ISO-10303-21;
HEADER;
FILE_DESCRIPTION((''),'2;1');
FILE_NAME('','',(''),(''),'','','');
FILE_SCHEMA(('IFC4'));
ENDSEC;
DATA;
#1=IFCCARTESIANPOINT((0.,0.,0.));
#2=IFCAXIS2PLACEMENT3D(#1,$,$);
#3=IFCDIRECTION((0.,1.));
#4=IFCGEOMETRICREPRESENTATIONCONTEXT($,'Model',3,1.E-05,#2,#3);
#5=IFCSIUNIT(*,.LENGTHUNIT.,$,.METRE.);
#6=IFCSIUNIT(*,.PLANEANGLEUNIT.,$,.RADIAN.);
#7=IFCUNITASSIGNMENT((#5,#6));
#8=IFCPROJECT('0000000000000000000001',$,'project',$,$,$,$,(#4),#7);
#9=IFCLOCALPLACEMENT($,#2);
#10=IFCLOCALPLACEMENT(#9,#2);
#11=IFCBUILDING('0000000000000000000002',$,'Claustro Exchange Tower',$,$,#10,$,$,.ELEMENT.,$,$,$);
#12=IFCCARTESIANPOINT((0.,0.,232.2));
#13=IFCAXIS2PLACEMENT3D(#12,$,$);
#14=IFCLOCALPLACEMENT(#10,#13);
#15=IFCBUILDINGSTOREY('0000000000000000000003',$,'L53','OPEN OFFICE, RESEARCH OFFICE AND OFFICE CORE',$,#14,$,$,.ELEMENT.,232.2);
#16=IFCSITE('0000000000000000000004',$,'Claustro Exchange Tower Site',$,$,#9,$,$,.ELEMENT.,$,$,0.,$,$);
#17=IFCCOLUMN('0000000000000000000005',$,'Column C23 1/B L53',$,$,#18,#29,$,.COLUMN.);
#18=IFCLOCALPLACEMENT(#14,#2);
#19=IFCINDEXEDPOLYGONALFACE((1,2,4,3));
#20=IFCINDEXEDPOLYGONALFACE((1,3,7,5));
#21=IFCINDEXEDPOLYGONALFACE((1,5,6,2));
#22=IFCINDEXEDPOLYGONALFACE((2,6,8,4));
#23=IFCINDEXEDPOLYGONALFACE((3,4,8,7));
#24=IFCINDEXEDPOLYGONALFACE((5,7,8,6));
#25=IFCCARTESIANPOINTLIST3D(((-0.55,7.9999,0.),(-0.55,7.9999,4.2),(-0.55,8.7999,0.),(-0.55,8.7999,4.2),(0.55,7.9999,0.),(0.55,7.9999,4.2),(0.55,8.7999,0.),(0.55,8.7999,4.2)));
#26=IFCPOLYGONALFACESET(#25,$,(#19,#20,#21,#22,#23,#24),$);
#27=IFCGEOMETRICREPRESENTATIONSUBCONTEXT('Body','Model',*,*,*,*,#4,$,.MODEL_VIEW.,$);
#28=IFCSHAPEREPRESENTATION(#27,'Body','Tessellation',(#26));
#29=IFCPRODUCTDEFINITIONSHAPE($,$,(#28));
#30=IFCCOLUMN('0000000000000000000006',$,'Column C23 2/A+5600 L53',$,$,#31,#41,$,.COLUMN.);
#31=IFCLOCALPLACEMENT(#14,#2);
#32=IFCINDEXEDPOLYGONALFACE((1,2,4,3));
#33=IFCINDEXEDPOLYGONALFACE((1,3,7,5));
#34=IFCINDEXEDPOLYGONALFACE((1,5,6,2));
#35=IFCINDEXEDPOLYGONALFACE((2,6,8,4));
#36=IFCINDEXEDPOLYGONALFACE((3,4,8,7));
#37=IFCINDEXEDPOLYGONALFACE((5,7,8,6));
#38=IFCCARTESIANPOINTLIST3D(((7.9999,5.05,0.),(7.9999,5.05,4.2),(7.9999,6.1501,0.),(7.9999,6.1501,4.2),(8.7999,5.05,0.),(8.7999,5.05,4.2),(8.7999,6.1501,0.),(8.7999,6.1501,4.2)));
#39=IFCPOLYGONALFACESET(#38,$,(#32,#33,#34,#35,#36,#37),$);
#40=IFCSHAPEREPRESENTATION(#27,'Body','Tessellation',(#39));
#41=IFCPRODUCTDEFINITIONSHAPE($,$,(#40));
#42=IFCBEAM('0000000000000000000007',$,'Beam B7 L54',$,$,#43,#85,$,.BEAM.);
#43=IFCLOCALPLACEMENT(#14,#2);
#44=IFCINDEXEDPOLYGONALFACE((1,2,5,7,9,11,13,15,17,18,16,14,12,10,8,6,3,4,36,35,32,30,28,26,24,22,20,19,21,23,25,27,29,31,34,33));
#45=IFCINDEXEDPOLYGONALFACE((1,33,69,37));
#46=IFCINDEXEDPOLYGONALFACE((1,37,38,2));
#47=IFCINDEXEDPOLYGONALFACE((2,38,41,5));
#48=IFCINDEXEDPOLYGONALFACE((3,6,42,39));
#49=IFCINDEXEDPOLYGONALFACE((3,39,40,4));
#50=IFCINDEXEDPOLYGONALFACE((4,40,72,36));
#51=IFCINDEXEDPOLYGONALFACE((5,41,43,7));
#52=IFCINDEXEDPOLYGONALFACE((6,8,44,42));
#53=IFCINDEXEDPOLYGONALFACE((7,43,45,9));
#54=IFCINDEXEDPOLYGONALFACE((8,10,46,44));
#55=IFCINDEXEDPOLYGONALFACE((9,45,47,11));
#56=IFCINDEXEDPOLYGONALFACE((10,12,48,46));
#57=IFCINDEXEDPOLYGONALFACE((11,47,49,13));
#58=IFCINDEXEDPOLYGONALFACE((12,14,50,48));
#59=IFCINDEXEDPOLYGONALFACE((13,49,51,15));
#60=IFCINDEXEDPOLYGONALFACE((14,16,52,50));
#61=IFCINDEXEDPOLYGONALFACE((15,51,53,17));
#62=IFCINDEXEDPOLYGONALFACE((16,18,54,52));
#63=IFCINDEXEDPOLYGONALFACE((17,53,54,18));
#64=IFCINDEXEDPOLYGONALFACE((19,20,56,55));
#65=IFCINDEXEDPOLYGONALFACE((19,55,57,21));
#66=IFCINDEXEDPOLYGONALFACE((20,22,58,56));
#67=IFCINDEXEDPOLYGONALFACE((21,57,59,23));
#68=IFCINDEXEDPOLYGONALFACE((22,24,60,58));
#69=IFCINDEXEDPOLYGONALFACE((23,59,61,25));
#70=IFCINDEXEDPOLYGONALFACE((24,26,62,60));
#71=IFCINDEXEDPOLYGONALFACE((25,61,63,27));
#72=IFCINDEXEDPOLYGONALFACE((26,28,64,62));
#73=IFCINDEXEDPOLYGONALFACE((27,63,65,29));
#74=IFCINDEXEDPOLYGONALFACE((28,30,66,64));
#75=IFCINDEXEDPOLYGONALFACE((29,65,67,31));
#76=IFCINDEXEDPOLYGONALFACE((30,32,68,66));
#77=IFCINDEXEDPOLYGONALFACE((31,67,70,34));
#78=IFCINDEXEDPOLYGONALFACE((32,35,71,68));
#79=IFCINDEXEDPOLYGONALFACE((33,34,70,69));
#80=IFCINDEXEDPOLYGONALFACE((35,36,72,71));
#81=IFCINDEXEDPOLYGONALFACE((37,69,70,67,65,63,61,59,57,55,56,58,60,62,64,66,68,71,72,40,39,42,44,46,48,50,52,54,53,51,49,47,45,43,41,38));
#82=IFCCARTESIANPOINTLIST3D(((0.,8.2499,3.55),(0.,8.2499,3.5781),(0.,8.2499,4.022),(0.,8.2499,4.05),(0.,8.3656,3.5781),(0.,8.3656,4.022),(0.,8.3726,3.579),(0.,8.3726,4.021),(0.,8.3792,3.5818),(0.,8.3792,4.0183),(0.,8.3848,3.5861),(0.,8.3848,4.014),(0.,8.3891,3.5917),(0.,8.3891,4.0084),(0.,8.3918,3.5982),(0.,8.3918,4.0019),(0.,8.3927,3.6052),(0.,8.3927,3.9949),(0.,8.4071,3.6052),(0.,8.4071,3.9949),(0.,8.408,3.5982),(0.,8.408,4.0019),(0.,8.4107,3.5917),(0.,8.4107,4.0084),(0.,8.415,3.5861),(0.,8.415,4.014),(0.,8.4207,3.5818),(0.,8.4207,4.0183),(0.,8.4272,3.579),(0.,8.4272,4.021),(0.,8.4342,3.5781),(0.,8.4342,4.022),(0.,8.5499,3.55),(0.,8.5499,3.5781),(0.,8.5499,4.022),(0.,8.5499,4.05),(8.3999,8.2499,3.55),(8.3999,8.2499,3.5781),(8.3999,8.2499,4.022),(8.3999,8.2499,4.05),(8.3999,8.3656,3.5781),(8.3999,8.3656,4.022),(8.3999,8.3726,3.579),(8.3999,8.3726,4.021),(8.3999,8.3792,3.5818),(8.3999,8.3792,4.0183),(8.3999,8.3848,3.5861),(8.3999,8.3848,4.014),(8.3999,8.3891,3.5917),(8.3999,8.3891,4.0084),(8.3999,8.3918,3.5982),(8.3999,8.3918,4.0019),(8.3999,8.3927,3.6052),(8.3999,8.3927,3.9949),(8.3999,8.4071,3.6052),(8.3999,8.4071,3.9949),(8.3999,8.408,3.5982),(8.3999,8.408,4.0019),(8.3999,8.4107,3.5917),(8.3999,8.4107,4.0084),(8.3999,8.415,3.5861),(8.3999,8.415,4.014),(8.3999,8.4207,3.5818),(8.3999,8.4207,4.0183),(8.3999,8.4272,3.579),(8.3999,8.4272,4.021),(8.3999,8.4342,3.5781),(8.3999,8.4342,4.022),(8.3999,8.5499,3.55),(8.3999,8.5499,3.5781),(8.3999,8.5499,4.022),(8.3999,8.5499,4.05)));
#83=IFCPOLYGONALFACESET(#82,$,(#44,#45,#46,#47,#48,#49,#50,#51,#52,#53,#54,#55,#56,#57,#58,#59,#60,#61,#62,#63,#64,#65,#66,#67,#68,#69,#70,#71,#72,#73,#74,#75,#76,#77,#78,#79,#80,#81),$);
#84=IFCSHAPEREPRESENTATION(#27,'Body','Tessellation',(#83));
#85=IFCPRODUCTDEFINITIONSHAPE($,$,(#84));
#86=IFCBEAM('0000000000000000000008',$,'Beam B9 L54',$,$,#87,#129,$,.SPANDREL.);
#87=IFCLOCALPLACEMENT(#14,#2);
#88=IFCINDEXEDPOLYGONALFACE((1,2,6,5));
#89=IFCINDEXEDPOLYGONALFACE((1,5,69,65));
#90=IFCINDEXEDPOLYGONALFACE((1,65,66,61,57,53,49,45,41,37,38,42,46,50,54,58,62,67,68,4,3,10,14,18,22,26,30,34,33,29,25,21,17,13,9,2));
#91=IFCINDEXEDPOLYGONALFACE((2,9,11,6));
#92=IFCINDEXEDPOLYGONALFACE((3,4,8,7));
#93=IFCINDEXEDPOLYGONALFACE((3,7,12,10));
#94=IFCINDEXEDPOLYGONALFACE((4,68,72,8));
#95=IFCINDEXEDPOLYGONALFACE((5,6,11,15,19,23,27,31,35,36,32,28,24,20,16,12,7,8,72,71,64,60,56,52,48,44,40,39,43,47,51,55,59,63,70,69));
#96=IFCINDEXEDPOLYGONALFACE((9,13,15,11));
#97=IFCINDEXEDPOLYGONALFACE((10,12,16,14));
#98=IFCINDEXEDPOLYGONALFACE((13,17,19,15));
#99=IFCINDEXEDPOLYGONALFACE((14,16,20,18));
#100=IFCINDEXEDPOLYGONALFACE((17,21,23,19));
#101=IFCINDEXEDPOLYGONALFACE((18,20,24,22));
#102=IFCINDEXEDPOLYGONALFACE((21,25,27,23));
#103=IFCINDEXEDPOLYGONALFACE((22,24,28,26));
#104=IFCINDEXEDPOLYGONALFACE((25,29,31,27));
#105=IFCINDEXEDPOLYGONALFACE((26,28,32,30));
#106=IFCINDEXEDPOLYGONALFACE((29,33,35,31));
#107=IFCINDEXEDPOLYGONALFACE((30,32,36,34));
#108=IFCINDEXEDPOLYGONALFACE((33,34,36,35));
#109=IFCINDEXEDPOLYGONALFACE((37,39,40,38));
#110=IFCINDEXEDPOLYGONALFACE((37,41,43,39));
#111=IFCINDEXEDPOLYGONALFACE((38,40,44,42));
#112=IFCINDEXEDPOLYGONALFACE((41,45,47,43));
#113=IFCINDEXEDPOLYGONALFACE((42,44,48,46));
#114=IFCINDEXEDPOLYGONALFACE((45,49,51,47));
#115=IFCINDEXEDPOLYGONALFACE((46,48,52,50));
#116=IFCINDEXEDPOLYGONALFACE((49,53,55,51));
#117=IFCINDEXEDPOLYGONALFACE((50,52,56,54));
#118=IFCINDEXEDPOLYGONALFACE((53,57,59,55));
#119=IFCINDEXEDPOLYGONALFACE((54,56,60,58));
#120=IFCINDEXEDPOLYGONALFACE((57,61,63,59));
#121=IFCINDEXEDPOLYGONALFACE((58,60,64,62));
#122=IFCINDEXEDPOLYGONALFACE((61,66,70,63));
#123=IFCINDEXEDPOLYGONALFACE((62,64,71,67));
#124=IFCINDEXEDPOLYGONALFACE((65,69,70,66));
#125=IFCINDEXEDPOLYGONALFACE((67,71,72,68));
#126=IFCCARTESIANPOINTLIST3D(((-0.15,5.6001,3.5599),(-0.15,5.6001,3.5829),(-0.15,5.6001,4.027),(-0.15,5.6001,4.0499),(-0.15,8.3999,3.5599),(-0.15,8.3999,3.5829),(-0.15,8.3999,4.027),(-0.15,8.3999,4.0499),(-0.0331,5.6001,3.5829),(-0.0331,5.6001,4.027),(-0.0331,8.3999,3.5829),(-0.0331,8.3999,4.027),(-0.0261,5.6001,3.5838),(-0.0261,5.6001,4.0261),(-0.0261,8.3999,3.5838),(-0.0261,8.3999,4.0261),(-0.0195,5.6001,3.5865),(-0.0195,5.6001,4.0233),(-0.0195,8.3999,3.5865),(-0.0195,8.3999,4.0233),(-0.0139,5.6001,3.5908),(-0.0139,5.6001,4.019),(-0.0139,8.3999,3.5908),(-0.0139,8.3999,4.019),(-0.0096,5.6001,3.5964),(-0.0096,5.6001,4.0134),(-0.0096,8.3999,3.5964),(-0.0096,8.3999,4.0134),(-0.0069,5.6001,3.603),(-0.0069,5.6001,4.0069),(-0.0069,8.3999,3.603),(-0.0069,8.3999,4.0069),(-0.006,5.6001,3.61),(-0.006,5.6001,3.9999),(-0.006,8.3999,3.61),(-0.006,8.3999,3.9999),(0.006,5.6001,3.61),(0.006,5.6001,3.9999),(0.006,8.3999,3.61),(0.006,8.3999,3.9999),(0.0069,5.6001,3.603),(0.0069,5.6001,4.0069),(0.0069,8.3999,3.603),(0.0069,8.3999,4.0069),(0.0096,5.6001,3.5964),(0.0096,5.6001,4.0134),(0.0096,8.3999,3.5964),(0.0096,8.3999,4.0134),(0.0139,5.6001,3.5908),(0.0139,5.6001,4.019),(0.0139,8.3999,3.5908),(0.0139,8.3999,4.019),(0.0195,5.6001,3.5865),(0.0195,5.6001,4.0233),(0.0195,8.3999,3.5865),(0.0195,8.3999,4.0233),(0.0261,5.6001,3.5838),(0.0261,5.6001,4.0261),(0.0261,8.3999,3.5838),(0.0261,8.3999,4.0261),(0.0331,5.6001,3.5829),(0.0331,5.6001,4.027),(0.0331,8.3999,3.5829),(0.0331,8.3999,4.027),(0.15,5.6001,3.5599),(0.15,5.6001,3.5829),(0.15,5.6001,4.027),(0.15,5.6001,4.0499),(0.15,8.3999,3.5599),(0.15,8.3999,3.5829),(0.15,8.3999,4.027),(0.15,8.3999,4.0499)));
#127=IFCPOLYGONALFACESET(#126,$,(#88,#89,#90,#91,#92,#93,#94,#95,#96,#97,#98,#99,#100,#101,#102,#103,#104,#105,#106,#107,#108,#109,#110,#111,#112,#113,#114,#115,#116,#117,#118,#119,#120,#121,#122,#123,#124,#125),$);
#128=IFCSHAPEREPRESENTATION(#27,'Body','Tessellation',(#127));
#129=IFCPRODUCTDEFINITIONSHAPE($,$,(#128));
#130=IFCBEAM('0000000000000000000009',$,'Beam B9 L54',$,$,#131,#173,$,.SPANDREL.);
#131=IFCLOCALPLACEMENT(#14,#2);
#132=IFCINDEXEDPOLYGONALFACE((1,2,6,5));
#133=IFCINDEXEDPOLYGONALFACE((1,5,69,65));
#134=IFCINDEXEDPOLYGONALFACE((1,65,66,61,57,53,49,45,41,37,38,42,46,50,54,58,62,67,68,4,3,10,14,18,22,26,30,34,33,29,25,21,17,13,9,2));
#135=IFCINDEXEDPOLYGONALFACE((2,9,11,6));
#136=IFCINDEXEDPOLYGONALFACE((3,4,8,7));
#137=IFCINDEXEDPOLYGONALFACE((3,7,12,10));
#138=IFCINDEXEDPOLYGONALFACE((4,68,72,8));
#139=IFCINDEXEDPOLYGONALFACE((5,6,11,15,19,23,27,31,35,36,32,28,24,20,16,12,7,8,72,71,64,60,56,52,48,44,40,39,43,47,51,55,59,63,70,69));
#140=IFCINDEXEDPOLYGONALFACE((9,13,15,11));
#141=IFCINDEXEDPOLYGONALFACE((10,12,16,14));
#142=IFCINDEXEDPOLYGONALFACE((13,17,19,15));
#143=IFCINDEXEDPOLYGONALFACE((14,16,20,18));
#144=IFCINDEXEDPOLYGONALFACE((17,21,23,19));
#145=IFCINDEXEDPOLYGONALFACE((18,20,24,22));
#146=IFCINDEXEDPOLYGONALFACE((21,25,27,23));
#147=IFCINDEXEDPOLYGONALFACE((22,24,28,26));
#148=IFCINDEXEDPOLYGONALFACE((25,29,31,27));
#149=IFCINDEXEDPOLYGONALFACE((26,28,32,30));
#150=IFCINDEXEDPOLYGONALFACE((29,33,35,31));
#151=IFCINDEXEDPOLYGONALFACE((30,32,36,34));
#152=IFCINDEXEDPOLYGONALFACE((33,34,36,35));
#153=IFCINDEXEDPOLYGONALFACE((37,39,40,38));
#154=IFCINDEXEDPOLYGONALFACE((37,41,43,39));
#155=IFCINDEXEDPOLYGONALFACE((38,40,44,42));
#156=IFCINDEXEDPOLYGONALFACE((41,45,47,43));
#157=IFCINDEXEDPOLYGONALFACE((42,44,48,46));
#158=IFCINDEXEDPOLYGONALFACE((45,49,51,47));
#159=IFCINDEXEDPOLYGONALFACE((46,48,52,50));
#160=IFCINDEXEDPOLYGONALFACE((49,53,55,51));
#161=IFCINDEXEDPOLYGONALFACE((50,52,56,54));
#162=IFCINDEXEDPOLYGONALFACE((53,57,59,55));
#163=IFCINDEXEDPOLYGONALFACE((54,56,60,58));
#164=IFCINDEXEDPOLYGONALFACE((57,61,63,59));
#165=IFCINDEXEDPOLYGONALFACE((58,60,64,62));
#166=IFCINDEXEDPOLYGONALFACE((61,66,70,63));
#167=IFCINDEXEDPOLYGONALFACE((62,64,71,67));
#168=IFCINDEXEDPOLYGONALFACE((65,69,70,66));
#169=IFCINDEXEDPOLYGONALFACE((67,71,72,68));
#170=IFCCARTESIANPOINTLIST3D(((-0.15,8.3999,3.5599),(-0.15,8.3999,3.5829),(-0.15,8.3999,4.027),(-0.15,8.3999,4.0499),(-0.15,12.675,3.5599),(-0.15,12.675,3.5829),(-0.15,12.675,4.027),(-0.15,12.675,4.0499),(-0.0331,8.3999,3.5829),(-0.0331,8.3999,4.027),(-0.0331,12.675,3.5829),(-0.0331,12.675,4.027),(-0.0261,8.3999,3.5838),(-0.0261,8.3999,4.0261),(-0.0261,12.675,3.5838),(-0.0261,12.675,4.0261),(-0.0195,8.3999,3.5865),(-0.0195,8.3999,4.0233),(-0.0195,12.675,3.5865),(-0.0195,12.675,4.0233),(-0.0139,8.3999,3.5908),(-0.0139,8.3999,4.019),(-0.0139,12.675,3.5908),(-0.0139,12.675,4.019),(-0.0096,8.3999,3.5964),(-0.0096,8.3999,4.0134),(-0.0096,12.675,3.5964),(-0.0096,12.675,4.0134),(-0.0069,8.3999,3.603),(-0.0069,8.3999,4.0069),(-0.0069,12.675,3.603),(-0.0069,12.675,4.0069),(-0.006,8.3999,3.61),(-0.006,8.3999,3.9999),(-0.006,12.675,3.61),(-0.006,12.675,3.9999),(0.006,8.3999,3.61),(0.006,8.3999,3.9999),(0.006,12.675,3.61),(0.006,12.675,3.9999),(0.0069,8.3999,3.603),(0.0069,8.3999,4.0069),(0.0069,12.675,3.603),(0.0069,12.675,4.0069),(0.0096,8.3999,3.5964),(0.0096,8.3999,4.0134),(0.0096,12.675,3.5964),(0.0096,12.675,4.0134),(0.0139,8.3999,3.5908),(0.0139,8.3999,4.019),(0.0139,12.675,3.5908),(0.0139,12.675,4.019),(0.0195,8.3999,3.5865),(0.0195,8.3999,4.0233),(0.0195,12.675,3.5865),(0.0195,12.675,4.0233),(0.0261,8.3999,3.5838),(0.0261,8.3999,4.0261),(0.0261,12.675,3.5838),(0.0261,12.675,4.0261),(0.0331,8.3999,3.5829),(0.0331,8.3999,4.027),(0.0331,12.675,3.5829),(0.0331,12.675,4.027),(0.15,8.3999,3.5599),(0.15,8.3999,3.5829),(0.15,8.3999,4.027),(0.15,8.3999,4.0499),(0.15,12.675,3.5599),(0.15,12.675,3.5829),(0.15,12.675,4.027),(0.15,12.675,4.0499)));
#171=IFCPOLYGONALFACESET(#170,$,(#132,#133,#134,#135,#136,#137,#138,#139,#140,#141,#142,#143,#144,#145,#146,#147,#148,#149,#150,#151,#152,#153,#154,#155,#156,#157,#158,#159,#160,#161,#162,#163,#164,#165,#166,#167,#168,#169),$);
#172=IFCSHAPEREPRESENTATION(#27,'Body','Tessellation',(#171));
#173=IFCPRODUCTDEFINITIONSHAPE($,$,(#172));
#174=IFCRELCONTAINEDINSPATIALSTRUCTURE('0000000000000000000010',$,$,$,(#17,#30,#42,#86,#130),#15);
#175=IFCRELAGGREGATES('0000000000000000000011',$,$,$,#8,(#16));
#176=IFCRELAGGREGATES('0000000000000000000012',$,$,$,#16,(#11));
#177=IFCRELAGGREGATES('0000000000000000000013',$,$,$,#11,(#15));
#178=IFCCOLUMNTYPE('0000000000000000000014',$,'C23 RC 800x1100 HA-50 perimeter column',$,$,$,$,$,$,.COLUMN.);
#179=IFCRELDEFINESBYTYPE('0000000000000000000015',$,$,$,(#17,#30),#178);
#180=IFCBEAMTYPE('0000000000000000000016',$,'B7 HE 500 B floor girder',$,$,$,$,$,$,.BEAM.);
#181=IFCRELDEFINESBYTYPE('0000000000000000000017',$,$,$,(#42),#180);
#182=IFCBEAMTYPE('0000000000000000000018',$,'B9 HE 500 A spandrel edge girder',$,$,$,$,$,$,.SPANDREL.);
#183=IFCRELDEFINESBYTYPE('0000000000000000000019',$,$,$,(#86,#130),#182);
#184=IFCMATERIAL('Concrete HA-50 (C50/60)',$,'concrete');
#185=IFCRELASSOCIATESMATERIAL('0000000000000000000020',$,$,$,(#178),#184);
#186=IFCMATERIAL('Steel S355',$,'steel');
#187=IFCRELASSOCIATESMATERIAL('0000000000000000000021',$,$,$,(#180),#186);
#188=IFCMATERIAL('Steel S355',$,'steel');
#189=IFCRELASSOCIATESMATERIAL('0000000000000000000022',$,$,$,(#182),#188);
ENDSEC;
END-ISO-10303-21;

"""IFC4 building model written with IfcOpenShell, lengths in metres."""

from ifc_helpers import new_model, si_unit, direction, frame, origin, origin_2d, place, context, subcontext, project, spatial, rectangle, i_section, extrude, material, material_profile, profile_set, type_object, element, save


model = new_model("IFC4")

# Units and contexts
model_context = context("Model", 3, precision=1e-05, world=origin(), true_north=direction((0.0, 1.0)))
body_context = subcontext(model_context, "Body", "Model", "MODEL_VIEW")
ifc_project = project(units=[si_unit("LENGTHUNIT", "METRE"), si_unit("PLANEANGLEUNIT", "RADIAN")], contexts=[model_context])

# Site, building, storey
site_placement = place(None, origin())
site = spatial("IfcSite", under=ifc_project, at=site_placement, Name="Claustro Exchange Tower Site", CompositionType="ELEMENT", RefElevation=0.0)
building_placement = place(site_placement, origin())
building = spatial("IfcBuilding", under=site, at=building_placement, Name="Claustro Exchange Tower", CompositionType="ELEMENT")
storey_placement = place(building_placement, frame((0.0, 0.0, 232.2)))
storey = spatial("IfcBuildingStorey", under=building, at=storey_placement, Name="L53", Description="OPEN OFFICE, RESEARCH OFFICE AND OFFICE CORE", CompositionType="ELEMENT", Elevation=232.2)

# Columns
ifc_material_1 = material(Name="Concrete HA-50 (C50/60)", Category="concrete")
ifc_material_profile_1 = material_profile(ifc_material_1, rectangle(XDim=0.8, YDim=1.1001, at=origin_2d()), Name="RC 800x1100")
ifc_profile_set_1 = profile_set([ifc_material_profile_1], Name="Concrete HA-50 (C50/60)")
column_type = type_object("IfcColumnType", Name="C23 RC 800x1100 HA-50 perimeter column", PredefinedType="COLUMN", material=ifc_profile_set_1)
for number, where, z_axis, x_axis, name in (
    (1, (0.0, 8.3999, 0.0), (0.0, 0.0, 1.0), (0.0, 1.0, 0.0), "Column C23 1/B L53"),
    (2, (8.3999, 5.6001, 0.0), (0.0, 0.0, 1.0), (1.0, 0.0, 0.0), "Column C23 2/A+5600 L53"),
):
    element("IfcColumn", number, at=place(storey_placement, frame(where, z_axis=z_axis, x_axis=x_axis)), inside=storey, type_object=column_type, Name=name, PredefinedType="COLUMN", context=body_context, shape_type="SweptSolid", body=[
        extrude(rectangle(XDim=0.8, YDim=1.1001, at=origin_2d()), origin(), (0.0, 0.0, 1.0), 4.2),
    ])

# Beams
ifc_material_2 = material(Name="Steel S355", Category="steel")
ifc_material_profile_2 = material_profile(ifc_material_2, i_section(OverallWidth=0.3, OverallDepth=0.5, WebThickness=0.0144, FlangeThickness=0.0281, FilletRadius=0.0271, at=origin_2d()), Name="HE 500 B")
ifc_profile_set_2 = profile_set([ifc_material_profile_2], Name="Steel S355")
beam_type_1 = type_object("IfcBeamType", Name="B7 HE 500 B floor girder", PredefinedType="BEAM", material=ifc_profile_set_2)
beam_1_placement = place(storey_placement, frame((0.0, 8.3999, 3.8), z_axis=(1.0, 0.0, 0.0), x_axis=(0.0, 1.0, 0.0)))
element("IfcBeam", 3, at=beam_1_placement, inside=storey, type_object=beam_type_1, Name="Beam B7 L54", PredefinedType="BEAM", context=body_context, shape_type="SweptSolid", body=[
    extrude(i_section(OverallWidth=0.3, OverallDepth=0.5, WebThickness=0.0144, FlangeThickness=0.0281, FilletRadius=0.0271, at=origin_2d()), origin(), (0.0, 0.0, 1.0), 8.3999),
])
ifc_material_3 = material(Name="Steel S355", Category="steel")
ifc_material_profile_3 = material_profile(ifc_material_3, i_section(OverallWidth=0.3, OverallDepth=0.49, WebThickness=0.012, FlangeThickness=0.0229, FilletRadius=0.0271, at=origin_2d()), Name="HE 500 A")
ifc_profile_set_3 = profile_set([ifc_material_profile_3], Name="Steel S355")
beam_type_2 = type_object("IfcBeamType", Name="B9 HE 500 A spandrel edge girder", PredefinedType="SPANDREL", material=ifc_profile_set_3)
beam_2_placement = place(storey_placement, frame((0.0, 5.6001, 3.8049), z_axis=(0.0, 1.0, 0.0), x_axis=(-1.0, 0.0, 0.0)))
element("IfcBeam", 4, at=beam_2_placement, inside=storey, type_object=beam_type_2, Name="Beam B9 L54", PredefinedType="SPANDREL", context=body_context, shape_type="SweptSolid", body=[
    extrude(i_section(OverallWidth=0.3, OverallDepth=0.49, WebThickness=0.012, FlangeThickness=0.0229, FilletRadius=0.0271, at=origin_2d()), origin(), (0.0, 0.0, 1.0), 2.7998),
])
beam_3_placement = place(storey_placement, frame((0.0, 8.3999, 3.8049), z_axis=(0.0, 1.0, 0.0), x_axis=(-1.0, 0.0, 0.0)))
element("IfcBeam", 5, at=beam_3_placement, inside=storey, type_object=beam_type_2, Name="Beam B9 L54", PredefinedType="SPANDREL", context=body_context, shape_type="SweptSolid", body=[
    extrude(i_section(OverallWidth=0.3, OverallDepth=0.49, WebThickness=0.012, FlangeThickness=0.0229, FilletRadius=0.0271, at=origin_2d()), origin(), (0.0, 0.0, 1.0), 4.2751),
])

save(model, "model.ifc")
